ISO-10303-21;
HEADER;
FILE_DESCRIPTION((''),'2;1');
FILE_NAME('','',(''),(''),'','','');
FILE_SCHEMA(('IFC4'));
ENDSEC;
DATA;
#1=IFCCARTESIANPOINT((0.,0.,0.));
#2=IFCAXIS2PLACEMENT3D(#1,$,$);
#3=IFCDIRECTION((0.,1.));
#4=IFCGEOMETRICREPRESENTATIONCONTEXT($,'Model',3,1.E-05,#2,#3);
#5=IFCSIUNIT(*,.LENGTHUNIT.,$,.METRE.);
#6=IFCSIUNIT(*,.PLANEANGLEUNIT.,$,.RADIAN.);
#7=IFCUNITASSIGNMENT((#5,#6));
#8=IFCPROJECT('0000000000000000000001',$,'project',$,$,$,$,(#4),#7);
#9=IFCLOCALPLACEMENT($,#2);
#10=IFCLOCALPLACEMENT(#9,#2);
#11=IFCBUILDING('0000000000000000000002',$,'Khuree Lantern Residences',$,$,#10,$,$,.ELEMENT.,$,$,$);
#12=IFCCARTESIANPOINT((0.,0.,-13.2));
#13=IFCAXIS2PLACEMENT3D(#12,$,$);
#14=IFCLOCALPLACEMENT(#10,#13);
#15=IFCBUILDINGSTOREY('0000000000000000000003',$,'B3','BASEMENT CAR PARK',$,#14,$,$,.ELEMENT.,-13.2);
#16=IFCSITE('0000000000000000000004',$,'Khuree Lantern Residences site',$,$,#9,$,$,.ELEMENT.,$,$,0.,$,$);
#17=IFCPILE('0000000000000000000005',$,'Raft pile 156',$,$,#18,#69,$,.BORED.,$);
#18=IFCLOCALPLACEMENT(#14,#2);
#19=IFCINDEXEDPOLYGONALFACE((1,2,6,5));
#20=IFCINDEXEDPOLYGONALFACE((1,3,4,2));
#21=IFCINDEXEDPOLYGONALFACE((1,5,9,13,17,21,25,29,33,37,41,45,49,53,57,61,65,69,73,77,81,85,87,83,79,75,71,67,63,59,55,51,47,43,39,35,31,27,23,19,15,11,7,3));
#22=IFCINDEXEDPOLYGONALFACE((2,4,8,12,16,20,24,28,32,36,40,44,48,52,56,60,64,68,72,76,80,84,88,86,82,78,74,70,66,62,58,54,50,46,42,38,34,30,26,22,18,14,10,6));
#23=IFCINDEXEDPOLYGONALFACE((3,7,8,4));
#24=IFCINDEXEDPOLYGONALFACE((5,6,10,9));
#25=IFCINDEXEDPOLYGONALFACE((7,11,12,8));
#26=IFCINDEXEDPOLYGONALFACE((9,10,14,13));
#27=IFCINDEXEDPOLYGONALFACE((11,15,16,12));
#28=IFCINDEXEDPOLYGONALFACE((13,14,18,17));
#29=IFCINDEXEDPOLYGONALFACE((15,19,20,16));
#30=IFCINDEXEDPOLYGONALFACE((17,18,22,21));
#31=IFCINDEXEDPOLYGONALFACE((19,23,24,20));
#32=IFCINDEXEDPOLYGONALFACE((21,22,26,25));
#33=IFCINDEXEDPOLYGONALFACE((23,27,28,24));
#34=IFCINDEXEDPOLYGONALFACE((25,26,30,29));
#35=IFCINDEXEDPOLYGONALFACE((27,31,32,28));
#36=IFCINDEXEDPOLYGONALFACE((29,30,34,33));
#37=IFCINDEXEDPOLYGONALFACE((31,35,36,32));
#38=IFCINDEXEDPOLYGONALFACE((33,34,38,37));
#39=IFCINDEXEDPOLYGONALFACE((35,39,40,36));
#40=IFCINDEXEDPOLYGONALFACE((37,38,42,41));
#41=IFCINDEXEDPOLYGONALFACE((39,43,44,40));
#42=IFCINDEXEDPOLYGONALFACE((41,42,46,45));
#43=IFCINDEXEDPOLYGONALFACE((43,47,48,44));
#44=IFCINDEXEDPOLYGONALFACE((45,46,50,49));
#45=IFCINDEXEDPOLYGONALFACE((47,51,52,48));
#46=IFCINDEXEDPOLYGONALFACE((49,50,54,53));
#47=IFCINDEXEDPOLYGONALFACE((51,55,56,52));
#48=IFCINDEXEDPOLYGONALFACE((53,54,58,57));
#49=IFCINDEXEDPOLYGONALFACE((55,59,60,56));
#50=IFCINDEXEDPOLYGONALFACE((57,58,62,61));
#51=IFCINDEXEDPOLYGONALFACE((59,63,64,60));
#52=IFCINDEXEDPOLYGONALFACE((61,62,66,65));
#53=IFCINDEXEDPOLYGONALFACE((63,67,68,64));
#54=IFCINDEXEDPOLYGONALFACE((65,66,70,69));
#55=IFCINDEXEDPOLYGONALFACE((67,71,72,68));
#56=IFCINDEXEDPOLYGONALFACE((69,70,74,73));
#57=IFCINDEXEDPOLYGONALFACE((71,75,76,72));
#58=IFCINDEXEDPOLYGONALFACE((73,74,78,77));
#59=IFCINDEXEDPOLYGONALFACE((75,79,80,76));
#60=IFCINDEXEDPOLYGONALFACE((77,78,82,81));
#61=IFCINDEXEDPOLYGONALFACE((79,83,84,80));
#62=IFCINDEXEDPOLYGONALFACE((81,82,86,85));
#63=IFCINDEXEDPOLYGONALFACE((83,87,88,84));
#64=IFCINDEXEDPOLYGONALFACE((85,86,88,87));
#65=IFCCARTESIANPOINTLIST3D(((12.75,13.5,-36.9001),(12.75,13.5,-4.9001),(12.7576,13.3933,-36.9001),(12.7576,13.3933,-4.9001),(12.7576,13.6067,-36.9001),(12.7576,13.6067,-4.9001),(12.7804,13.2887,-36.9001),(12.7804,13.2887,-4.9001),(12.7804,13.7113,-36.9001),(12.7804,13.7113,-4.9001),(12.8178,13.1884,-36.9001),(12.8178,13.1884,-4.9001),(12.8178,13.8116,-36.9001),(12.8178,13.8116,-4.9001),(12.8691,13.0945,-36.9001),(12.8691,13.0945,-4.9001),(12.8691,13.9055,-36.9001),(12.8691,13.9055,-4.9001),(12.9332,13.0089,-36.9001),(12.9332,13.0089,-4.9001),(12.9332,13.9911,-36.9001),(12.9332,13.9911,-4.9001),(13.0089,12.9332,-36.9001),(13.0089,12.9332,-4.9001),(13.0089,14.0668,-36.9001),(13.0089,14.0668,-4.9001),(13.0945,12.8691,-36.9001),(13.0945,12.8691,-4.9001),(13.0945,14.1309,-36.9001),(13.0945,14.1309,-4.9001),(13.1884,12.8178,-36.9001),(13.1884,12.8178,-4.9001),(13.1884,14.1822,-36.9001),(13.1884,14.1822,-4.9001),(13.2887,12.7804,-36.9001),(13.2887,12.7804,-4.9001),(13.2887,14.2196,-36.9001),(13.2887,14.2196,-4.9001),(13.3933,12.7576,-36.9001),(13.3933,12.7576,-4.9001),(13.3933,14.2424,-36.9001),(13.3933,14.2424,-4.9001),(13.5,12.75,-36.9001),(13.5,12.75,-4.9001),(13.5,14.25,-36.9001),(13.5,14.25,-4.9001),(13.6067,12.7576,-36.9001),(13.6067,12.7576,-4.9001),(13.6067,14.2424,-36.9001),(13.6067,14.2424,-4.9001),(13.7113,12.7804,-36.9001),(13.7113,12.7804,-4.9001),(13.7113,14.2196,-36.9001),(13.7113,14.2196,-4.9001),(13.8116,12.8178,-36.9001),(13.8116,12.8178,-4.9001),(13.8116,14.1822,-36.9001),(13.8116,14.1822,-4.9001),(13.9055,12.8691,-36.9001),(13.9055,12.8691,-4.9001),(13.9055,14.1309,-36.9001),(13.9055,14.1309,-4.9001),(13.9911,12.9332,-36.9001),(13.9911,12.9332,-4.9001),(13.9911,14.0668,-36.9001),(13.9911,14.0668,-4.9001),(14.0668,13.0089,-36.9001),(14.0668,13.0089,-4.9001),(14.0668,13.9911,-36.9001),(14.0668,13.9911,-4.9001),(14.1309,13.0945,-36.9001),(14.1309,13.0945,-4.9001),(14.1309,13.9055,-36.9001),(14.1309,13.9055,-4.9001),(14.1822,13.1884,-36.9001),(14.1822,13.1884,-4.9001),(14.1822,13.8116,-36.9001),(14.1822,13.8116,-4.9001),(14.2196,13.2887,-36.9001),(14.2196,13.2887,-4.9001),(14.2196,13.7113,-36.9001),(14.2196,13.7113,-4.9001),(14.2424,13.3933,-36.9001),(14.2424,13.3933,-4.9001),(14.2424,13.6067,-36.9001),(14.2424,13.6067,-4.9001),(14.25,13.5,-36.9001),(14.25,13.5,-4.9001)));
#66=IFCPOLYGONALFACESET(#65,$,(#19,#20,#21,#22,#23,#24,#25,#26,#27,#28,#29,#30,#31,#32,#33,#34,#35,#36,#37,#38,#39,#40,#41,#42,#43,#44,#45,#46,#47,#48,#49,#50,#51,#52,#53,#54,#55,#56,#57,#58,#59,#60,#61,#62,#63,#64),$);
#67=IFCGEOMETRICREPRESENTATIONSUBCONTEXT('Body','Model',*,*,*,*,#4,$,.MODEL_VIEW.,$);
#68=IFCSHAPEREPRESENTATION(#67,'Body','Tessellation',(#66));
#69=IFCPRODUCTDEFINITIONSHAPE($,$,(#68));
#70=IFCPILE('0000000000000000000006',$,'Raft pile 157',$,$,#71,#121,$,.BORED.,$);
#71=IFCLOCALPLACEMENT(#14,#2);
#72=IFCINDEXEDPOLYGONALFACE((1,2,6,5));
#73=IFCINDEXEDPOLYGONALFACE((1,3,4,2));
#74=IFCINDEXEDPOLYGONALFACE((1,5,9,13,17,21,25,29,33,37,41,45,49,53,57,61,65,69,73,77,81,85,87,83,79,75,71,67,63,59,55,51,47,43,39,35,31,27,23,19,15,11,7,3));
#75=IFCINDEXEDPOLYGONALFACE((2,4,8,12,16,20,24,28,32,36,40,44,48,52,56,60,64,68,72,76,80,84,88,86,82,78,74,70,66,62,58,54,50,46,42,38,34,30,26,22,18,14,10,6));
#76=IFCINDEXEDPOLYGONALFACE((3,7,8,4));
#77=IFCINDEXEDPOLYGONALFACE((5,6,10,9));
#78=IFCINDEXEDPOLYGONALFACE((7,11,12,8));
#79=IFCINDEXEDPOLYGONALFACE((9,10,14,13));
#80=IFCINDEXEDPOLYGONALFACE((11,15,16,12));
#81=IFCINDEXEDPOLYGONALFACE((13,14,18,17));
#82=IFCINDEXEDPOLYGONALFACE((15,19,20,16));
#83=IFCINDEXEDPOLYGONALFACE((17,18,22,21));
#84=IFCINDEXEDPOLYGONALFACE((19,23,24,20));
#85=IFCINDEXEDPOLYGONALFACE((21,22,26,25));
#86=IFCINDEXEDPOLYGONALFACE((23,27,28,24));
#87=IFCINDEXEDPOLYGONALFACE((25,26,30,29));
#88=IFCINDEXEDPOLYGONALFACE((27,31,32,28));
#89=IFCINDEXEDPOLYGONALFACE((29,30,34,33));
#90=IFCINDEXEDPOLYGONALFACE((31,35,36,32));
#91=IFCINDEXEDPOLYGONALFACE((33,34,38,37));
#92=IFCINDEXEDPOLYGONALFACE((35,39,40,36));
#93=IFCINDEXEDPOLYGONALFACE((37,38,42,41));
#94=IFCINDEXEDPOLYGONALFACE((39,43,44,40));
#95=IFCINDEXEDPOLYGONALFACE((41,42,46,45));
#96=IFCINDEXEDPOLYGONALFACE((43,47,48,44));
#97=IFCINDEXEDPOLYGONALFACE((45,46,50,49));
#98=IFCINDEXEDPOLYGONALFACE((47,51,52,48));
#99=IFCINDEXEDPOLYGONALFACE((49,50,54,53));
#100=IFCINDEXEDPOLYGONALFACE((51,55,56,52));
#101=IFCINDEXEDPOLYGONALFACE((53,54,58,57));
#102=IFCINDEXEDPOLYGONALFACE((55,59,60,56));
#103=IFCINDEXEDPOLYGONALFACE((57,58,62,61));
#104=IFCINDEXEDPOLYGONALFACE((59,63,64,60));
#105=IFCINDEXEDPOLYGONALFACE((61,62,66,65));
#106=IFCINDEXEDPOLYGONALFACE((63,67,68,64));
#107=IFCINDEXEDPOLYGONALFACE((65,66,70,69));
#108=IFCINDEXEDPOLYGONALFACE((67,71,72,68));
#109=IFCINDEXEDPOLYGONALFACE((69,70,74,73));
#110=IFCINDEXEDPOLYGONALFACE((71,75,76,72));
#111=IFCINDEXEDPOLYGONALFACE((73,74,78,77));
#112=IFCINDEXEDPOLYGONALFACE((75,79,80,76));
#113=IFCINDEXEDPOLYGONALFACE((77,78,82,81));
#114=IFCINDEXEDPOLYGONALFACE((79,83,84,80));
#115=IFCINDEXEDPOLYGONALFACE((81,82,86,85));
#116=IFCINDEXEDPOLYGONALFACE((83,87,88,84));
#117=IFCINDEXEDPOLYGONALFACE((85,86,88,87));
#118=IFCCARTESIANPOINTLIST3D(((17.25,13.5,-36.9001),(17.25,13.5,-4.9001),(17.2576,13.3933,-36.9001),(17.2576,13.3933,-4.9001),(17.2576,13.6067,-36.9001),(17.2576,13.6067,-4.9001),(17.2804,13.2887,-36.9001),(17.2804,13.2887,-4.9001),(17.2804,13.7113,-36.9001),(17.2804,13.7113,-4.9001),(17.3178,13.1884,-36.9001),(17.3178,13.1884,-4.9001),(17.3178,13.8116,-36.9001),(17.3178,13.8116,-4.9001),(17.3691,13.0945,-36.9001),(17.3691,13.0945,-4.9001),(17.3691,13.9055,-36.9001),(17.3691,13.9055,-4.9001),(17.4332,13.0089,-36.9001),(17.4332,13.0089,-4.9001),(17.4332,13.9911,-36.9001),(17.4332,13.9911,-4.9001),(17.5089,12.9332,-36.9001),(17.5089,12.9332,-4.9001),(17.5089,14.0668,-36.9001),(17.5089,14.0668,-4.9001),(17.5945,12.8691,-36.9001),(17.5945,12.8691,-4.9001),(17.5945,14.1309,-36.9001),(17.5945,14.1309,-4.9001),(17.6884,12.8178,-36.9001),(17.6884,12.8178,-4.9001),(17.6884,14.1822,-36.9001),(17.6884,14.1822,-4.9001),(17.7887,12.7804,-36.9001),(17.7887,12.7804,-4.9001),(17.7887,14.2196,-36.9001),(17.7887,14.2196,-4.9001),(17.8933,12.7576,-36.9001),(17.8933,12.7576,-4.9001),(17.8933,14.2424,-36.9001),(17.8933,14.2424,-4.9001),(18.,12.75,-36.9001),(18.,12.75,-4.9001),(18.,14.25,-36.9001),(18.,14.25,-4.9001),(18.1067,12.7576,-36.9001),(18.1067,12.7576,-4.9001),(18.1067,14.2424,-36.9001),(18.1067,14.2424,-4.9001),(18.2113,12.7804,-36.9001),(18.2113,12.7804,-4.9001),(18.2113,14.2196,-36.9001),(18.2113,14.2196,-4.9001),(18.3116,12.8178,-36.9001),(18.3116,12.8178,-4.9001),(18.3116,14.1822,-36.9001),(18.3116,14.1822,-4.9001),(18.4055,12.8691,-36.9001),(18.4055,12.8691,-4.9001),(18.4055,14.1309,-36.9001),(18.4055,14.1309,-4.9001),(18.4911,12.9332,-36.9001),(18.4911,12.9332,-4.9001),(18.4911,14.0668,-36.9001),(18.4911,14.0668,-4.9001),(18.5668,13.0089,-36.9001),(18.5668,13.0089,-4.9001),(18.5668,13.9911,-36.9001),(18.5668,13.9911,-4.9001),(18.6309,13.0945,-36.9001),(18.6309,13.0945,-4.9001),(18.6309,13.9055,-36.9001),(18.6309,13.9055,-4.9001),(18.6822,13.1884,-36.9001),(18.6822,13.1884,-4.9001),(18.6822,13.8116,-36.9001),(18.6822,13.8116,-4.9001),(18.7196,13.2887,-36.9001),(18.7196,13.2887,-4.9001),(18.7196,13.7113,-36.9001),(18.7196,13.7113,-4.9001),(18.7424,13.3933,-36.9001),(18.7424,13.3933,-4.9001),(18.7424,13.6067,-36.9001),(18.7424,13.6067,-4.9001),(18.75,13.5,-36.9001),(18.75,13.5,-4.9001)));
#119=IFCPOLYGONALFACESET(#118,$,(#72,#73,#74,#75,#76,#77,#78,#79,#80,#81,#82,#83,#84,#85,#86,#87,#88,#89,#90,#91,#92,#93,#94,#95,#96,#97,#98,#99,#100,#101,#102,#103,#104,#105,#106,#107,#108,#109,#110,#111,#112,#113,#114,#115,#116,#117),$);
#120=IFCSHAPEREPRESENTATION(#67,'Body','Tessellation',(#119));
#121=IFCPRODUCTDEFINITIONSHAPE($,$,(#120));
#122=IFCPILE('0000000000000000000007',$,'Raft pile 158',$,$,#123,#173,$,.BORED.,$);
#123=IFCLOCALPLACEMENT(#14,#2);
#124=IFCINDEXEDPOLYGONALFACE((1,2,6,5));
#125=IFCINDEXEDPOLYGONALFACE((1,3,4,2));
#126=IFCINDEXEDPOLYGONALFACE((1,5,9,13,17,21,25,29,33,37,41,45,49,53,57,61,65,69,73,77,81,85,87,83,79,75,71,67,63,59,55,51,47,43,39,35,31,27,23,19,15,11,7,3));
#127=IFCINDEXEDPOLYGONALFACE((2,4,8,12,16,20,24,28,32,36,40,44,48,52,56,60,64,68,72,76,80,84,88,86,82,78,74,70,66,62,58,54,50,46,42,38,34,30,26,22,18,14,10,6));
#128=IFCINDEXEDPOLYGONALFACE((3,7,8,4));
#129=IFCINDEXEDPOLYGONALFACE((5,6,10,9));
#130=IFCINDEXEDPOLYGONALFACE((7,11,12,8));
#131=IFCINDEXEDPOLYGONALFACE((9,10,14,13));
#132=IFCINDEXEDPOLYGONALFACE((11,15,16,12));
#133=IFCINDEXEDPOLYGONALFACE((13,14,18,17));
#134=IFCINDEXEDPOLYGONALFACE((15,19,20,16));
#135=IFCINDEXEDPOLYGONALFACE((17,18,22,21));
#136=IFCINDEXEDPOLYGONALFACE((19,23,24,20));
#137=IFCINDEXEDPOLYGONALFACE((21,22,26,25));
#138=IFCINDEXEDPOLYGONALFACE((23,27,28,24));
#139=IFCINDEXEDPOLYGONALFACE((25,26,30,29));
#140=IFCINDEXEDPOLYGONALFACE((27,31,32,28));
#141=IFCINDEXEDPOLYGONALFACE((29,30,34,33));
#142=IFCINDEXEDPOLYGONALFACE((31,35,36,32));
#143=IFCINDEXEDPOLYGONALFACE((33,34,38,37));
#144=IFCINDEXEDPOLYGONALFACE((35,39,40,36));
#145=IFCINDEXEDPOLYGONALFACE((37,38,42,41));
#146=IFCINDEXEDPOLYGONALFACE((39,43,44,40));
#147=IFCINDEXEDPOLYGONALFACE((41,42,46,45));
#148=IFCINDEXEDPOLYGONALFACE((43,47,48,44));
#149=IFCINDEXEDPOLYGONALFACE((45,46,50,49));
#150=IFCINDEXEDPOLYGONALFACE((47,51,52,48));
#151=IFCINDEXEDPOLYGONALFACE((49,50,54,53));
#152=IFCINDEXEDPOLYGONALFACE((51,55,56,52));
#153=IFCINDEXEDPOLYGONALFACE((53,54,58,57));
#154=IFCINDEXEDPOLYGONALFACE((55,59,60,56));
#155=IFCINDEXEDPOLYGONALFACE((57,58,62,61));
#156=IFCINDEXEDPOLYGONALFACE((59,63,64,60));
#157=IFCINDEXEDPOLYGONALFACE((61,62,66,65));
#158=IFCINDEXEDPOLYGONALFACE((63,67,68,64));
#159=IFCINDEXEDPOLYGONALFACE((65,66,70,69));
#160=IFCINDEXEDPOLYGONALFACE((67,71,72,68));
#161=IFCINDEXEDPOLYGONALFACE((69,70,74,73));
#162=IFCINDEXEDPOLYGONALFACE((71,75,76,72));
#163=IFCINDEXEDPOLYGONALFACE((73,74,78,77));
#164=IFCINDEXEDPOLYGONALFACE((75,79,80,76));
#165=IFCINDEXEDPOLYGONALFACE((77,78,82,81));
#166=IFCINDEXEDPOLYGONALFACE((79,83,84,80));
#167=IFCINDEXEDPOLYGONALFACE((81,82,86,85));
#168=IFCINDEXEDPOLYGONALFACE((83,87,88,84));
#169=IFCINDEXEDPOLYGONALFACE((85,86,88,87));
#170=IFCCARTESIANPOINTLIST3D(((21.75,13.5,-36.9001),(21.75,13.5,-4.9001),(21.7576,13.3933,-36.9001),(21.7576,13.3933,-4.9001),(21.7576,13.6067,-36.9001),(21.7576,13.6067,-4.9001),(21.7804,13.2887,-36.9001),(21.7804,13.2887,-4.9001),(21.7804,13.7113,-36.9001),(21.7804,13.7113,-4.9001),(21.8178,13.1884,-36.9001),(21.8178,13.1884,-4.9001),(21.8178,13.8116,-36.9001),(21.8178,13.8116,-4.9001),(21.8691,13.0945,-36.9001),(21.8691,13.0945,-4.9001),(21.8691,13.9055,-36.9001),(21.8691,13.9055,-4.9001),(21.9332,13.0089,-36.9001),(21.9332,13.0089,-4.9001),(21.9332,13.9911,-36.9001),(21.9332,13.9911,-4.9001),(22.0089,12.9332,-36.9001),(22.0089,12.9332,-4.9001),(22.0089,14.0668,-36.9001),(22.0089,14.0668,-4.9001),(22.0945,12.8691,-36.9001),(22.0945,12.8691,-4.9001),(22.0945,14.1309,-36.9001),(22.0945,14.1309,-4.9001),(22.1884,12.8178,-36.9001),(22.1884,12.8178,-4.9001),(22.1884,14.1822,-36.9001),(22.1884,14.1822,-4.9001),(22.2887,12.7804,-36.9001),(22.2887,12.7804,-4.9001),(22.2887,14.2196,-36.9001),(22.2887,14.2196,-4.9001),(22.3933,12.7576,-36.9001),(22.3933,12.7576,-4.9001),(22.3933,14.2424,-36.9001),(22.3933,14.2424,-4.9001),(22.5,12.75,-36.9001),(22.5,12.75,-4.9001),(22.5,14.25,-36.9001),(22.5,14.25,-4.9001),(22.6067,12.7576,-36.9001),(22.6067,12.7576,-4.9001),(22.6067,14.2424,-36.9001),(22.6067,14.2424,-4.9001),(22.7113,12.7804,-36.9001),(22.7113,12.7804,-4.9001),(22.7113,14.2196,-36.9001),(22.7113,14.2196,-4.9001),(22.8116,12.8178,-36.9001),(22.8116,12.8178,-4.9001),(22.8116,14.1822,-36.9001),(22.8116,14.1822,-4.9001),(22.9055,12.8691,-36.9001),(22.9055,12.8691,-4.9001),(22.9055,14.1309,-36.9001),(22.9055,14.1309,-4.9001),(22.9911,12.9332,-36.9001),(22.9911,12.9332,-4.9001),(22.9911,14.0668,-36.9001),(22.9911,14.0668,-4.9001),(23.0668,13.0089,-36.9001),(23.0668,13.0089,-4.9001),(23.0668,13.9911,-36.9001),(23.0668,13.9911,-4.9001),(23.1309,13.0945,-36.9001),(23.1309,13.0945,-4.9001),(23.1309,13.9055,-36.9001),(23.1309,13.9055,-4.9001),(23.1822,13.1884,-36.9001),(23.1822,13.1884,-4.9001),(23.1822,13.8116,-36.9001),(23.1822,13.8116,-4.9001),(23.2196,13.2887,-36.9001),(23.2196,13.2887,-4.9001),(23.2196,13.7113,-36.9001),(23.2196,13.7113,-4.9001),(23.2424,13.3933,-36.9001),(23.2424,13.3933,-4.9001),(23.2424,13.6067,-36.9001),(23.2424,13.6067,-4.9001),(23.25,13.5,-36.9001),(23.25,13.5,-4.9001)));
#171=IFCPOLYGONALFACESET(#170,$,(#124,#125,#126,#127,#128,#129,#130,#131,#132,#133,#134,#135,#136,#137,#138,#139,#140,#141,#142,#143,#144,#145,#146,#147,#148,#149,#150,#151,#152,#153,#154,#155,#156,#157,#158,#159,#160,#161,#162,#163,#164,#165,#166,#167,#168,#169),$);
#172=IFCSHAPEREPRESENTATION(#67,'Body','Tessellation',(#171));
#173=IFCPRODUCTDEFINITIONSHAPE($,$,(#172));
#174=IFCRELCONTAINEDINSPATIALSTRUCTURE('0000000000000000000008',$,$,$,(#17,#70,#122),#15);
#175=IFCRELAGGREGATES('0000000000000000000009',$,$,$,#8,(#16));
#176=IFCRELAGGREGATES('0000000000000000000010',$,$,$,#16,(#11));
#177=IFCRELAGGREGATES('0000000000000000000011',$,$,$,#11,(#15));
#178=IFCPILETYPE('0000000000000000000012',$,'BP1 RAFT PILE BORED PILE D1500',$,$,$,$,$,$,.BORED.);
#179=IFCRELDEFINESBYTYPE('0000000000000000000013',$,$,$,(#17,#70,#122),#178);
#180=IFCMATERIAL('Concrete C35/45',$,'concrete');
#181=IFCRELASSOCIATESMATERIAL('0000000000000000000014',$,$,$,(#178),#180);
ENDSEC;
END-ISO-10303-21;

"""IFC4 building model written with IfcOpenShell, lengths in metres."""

from ifc_helpers import new_model, si_unit, direction, frame, origin, origin_2d, place, context, subcontext, project, spatial, circle, extrude, material, material_profile, profile_set, type_object, element, save


model = new_model("IFC4")

# Units and contexts
model_context = context("Model", 3, precision=1e-05, world=origin(), true_north=direction((0.0, 1.0)))
body_context = subcontext(model_context, "Body", "Model", "MODEL_VIEW")
ifc_project = project(units=[si_unit("LENGTHUNIT", "METRE"), si_unit("PLANEANGLEUNIT", "RADIAN")], contexts=[model_context])

# Site, building, storey
site_placement = place(None, origin())
site = spatial("IfcSite", under=ifc_project, at=site_placement, Name="Khuree Lantern Residences site", CompositionType="ELEMENT", RefElevation=0.0)
building_placement = place(site_placement, origin())
building = spatial("IfcBuilding", under=site, at=building_placement, Name="Khuree Lantern Residences", CompositionType="ELEMENT")
storey_placement = place(building_placement, frame((0.0, 0.0, -13.2)))
storey = spatial("IfcBuildingStorey", under=building, at=storey_placement, Name="B3", Description="BASEMENT CAR PARK", CompositionType="ELEMENT", Elevation=-13.2)

# Piles
ifc_material_1 = material(Name="Concrete C35/45", Category="concrete")
ifc_material_profile_1 = material_profile(ifc_material_1, circle(Radius=0.75, at=origin_2d()), Name="BORED PILE D1500")
ifc_profile_set_1 = profile_set([ifc_material_profile_1], Name="Concrete C35/45")
pile_type = type_object("IfcPileType", Name="BP1 RAFT PILE BORED PILE D1500", PredefinedType="BORED", material=ifc_profile_set_1)
for number, where, z_axis, x_axis, name in (
    (1, (13.5, 13.5, -4.9001), (0.0, 0.0, -1.0), (1.0, 0.0, 0.0), "Raft pile 156"),
    (2, (18.0, 13.5, -4.9001), (0.0, 0.0, -1.0), (1.0, 0.0, 0.0), "Raft pile 157"),
    (3, (22.5, 13.5, -4.9001), (0.0, 0.0, -1.0), (1.0, 0.0, 0.0), "Raft pile 158"),
):
    element("IfcPile", number, at=place(storey_placement, frame(where, z_axis=z_axis, x_axis=x_axis)), inside=storey, type_object=pile_type, Name=name, PredefinedType="BORED", context=body_context, shape_type="SweptSolid", body=[
        extrude(circle(Radius=0.75, at=origin_2d()), origin(), (0.0, 0.0, 1.0), 32.0),
    ])

save(model, "model.ifc")
